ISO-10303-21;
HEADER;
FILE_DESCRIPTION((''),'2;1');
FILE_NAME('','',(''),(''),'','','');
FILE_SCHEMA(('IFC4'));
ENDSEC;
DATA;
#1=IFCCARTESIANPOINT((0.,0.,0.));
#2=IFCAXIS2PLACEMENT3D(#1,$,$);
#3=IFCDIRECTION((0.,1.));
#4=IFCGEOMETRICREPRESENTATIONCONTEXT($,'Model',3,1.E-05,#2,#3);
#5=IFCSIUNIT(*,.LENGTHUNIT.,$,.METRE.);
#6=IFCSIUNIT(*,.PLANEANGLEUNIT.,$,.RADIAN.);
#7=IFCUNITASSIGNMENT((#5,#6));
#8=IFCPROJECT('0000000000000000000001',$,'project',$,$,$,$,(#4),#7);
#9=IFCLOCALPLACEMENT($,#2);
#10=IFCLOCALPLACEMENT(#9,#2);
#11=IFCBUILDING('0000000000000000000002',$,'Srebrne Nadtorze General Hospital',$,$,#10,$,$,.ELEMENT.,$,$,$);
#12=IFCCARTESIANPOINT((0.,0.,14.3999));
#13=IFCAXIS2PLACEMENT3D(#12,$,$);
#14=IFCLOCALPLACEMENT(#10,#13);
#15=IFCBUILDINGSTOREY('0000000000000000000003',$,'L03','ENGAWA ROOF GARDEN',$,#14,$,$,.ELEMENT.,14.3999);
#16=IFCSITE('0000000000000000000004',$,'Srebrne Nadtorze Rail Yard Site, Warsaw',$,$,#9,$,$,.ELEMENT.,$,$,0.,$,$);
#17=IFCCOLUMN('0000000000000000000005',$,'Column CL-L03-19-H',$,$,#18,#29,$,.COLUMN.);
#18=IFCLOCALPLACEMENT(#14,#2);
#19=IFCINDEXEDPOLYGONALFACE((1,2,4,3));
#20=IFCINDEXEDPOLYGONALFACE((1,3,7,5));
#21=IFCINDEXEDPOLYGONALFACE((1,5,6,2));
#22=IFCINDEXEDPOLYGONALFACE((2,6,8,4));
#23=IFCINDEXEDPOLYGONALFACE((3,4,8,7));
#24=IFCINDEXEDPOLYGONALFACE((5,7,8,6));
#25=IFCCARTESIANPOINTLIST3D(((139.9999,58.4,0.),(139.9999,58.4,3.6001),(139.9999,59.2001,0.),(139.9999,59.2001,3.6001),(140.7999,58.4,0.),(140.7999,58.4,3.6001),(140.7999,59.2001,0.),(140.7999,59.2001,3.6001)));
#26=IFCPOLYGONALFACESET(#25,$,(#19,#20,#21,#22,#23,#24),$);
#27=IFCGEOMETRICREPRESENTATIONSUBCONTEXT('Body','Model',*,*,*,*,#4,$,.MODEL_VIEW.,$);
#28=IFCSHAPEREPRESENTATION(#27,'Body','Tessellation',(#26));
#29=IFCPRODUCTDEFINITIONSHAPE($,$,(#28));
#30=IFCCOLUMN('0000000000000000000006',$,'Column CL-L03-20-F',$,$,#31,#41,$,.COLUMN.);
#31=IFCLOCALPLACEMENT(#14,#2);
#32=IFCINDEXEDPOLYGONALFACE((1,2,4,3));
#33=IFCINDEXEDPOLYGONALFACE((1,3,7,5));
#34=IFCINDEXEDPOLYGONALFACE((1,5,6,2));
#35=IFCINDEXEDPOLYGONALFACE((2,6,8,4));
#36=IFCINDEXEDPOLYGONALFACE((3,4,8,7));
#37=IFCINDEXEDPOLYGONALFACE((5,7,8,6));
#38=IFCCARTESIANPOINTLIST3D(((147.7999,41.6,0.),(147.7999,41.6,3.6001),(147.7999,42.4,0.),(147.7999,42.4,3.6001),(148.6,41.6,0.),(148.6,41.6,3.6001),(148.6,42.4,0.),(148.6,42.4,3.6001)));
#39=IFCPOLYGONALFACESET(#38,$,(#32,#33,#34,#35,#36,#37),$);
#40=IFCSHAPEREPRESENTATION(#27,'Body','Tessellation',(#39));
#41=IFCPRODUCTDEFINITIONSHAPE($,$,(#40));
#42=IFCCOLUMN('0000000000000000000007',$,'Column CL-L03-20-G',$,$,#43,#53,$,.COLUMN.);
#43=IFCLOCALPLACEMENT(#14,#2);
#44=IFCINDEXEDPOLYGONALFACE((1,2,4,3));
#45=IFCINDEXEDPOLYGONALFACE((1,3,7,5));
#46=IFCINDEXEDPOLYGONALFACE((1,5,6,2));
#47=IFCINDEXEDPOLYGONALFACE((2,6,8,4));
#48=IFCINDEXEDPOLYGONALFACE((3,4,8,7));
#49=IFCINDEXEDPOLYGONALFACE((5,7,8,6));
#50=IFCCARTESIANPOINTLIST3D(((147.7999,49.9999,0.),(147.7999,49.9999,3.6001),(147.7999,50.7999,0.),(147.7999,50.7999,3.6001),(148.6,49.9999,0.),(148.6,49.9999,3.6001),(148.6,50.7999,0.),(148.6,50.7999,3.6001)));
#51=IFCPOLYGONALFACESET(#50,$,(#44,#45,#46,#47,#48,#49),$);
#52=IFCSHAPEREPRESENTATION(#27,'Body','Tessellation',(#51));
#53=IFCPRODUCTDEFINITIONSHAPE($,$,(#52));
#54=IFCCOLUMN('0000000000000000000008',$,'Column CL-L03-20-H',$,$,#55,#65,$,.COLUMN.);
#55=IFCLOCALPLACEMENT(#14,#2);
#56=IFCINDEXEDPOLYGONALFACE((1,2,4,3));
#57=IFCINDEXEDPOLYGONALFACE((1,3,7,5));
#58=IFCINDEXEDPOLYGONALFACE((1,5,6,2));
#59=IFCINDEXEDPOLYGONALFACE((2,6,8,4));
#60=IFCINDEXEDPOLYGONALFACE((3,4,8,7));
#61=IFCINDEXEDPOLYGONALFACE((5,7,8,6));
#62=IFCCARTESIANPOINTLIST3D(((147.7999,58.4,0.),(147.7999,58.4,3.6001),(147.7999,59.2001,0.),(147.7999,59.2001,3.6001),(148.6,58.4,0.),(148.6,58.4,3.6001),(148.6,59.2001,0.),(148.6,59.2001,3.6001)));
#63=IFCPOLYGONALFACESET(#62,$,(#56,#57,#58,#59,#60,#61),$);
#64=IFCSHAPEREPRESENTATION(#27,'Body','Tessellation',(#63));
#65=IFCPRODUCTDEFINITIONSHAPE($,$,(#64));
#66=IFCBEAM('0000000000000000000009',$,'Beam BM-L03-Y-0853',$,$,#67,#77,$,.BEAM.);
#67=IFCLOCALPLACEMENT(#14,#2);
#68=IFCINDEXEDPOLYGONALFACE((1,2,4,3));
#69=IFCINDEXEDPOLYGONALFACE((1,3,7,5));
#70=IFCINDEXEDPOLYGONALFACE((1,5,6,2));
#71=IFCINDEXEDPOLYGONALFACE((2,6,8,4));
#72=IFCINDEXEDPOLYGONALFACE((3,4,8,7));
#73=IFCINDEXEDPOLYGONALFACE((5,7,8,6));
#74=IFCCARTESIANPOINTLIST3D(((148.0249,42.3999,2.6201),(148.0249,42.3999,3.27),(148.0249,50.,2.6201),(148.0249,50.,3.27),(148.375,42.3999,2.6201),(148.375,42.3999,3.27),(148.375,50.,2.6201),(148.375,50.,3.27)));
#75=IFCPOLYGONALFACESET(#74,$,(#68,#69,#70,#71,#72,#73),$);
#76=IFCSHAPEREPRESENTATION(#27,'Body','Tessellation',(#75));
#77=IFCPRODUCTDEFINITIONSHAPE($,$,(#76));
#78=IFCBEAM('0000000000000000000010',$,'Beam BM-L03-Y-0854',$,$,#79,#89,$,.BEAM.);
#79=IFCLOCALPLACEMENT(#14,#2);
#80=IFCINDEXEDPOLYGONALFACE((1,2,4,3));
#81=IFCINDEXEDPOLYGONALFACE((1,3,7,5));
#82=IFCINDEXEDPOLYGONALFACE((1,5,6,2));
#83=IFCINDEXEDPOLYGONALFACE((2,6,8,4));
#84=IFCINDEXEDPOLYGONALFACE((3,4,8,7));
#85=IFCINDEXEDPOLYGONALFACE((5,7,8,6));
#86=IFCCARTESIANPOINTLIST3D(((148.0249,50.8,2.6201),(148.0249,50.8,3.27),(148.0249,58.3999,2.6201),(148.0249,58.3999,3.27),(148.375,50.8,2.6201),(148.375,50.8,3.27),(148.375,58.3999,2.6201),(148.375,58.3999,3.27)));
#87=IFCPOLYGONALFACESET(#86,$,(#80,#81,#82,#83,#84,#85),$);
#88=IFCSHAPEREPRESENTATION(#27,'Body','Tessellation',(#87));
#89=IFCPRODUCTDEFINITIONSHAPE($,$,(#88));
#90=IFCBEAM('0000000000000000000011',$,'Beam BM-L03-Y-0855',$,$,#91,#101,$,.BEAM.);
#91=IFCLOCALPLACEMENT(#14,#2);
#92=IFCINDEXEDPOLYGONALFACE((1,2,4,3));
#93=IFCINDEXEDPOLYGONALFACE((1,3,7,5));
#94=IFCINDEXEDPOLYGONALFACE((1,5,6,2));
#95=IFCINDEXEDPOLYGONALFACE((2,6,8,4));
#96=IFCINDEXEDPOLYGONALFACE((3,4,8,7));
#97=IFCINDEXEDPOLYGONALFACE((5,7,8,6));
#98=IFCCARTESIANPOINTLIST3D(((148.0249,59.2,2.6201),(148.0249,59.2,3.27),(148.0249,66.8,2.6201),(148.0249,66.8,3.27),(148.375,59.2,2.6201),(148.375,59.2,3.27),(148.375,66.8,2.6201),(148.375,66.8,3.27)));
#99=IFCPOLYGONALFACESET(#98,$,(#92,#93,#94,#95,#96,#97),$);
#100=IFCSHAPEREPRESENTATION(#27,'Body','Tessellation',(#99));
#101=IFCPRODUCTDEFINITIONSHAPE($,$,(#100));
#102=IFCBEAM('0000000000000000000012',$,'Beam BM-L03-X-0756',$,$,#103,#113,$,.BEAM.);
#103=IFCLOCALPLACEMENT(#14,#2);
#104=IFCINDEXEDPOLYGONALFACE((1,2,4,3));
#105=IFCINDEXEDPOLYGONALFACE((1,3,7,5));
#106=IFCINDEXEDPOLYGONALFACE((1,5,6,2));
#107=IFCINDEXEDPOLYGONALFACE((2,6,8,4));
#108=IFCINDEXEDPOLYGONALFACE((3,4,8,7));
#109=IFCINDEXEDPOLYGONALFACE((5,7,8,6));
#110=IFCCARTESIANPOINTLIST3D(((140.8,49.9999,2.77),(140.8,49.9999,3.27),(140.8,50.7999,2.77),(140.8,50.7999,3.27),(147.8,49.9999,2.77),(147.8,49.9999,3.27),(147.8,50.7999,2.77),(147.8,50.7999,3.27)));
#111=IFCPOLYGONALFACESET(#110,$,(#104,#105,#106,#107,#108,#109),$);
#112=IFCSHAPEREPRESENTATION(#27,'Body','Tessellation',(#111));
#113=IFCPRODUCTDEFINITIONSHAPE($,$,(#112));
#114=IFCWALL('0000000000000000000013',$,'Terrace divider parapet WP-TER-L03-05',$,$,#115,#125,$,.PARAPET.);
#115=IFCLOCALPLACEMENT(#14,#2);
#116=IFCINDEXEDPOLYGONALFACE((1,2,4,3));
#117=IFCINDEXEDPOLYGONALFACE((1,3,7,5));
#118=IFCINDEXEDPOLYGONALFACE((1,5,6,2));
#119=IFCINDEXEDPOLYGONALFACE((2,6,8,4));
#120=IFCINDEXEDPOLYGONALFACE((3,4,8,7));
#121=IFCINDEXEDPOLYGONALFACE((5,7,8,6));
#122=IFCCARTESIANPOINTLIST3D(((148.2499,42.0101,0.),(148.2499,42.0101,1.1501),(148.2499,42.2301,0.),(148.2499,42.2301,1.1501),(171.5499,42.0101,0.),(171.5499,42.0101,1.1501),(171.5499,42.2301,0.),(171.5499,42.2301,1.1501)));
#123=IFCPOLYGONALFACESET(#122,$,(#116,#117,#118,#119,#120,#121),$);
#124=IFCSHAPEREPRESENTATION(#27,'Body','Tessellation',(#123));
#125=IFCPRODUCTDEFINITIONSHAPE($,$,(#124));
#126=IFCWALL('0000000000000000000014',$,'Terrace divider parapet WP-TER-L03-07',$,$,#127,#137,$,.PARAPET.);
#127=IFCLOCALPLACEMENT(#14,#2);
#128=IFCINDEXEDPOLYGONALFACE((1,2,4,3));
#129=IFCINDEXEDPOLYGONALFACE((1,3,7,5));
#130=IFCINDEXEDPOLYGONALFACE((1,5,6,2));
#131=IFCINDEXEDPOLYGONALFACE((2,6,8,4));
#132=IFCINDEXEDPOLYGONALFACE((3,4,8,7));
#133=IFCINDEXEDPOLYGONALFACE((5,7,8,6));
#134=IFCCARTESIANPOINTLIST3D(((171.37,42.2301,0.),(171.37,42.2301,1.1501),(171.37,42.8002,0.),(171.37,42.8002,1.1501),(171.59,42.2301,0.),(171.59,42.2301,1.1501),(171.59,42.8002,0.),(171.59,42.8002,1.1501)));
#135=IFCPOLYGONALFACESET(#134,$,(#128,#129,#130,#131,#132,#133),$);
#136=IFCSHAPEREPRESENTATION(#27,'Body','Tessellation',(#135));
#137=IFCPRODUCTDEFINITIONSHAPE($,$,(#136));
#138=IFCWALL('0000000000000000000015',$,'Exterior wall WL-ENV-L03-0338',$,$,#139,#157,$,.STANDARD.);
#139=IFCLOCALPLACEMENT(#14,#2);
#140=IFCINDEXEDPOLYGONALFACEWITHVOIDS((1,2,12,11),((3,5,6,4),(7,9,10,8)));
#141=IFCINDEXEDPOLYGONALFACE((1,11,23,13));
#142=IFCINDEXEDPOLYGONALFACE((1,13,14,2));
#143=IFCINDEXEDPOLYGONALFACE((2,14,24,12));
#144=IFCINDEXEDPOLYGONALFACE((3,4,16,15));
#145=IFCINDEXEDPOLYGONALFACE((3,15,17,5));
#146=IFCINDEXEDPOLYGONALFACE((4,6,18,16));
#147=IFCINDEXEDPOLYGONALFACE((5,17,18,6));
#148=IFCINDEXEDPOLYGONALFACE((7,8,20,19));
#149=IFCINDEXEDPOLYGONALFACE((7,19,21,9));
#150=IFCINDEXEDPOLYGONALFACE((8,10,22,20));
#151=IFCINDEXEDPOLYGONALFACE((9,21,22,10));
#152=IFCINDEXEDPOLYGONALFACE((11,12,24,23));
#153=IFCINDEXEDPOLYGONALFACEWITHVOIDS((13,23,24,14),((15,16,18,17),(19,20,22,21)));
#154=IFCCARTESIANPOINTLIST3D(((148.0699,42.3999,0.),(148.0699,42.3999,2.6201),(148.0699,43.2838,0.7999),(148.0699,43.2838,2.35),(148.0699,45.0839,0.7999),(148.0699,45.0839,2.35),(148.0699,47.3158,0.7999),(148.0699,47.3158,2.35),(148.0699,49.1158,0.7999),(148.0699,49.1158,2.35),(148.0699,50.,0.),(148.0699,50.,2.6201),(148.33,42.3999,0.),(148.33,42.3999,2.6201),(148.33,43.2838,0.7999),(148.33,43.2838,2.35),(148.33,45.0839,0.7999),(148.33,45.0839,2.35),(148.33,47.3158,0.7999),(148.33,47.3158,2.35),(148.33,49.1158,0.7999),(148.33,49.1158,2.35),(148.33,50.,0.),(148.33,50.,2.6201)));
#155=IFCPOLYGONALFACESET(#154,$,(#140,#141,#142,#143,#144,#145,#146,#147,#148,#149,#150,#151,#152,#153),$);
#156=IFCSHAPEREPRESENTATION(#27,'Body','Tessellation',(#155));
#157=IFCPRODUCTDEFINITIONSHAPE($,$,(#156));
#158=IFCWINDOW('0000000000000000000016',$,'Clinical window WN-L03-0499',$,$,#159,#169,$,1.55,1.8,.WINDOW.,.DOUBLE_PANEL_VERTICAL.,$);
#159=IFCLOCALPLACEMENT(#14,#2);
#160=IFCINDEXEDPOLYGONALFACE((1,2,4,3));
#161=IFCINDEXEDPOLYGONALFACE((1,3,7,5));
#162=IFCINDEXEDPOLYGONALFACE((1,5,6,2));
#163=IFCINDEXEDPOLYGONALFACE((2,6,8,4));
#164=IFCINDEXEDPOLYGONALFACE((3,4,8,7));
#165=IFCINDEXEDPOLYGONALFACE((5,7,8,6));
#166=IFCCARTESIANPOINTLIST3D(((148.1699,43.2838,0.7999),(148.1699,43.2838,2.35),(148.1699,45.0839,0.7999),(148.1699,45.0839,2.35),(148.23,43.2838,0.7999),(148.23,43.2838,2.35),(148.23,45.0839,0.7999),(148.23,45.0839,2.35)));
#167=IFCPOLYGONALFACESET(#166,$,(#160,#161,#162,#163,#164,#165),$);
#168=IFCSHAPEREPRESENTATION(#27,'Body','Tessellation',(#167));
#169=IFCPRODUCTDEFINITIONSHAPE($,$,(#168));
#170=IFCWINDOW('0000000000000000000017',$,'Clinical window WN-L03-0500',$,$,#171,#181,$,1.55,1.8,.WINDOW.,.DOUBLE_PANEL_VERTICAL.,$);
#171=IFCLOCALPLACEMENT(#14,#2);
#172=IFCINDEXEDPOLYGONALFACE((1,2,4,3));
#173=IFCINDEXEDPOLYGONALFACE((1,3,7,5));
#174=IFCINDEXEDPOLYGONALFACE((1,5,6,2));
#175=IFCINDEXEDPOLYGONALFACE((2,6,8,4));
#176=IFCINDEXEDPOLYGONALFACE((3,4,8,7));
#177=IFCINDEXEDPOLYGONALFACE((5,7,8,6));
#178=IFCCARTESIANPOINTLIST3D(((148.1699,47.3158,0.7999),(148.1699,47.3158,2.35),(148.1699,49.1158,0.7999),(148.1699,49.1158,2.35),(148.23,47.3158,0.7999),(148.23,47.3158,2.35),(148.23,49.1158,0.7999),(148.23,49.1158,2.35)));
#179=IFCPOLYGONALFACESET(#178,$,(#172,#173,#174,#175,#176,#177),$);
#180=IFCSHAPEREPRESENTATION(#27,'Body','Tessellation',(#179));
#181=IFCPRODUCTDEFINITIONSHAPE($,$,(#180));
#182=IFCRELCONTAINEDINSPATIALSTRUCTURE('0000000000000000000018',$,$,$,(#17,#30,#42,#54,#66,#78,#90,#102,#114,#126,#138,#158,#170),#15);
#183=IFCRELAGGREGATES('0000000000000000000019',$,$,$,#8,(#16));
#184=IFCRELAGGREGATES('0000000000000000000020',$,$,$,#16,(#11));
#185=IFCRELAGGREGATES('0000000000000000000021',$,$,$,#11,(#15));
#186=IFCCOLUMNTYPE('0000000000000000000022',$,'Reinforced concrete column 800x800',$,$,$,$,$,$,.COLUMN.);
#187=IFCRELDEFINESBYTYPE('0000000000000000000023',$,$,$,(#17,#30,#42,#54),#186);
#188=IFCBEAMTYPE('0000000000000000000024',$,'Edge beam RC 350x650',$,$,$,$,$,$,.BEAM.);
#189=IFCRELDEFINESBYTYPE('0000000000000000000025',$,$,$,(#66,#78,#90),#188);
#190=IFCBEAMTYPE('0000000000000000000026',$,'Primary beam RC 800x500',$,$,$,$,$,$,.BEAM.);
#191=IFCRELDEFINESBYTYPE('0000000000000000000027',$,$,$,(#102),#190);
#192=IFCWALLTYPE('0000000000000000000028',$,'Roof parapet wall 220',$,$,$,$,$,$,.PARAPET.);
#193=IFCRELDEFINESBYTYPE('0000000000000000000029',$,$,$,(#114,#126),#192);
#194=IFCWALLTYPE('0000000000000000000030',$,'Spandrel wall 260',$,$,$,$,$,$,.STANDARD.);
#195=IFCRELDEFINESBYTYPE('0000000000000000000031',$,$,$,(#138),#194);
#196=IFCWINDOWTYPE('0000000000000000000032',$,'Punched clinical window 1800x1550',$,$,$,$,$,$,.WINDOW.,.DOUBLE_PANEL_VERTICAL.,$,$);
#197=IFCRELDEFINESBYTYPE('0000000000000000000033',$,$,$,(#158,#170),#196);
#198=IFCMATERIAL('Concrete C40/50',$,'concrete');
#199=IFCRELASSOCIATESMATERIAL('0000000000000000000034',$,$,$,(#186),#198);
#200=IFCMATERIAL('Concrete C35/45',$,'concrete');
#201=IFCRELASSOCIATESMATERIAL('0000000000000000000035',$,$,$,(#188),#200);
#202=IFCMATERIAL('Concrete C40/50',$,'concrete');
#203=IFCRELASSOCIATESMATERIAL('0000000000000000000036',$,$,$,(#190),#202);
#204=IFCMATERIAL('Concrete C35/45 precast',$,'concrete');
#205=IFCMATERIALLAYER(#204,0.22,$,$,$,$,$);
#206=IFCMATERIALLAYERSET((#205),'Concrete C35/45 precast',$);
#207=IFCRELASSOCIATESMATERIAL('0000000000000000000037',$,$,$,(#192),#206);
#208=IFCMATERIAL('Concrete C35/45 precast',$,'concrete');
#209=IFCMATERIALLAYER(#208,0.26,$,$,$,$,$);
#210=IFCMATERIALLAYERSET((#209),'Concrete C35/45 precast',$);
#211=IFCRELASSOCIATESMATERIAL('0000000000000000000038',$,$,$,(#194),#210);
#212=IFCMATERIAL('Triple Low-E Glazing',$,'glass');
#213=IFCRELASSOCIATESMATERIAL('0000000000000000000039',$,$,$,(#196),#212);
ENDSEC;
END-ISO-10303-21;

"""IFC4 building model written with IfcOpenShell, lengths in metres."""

from ifc_helpers import new_model, si_unit, direction, frame, frame_2d, origin, origin_2d, place, context, subcontext, project, spatial, rectangle, extrude, material, layer, layer_set, material_profile, profile_set, type_object, element, fill, save


model = new_model("IFC4")

# Units and contexts
model_context = context("Model", 3, precision=1e-05, world=origin(), true_north=direction((0.0, 1.0)))
body_context = subcontext(model_context, "Body", "Model", "MODEL_VIEW")
ifc_project = project(units=[si_unit("LENGTHUNIT", "METRE"), si_unit("PLANEANGLEUNIT", "RADIAN")], contexts=[model_context])

# Site, building, storey
site_placement = place(None, origin())
site = spatial("IfcSite", under=ifc_project, at=site_placement, Name="Srebrne Nadtorze Rail Yard Site, Warsaw", CompositionType="ELEMENT", RefElevation=0.0)
building_placement = place(site_placement, origin())
building = spatial("IfcBuilding", under=site, at=building_placement, Name="Srebrne Nadtorze General Hospital", CompositionType="ELEMENT")
storey_placement = place(building_placement, frame((0.0, 0.0, 14.3999)))
storey = spatial("IfcBuildingStorey", under=building, at=storey_placement, Name="L03", Description="ENGAWA ROOF GARDEN", CompositionType="ELEMENT", Elevation=14.3999)

# Columns
ifc_material_1 = material(Name="Concrete C40/50", Category="concrete")
ifc_material_profile_1 = material_profile(ifc_material_1, rectangle(XDim=0.8, YDim=0.8, at=origin_2d()), Name="RC-COL-800x800")
ifc_profile_set_1 = profile_set([ifc_material_profile_1], Name="Concrete C40/50")
column_type = type_object("IfcColumnType", Name="Reinforced concrete column 800x800", PredefinedType="COLUMN", material=ifc_profile_set_1)
for number, where, z_axis, x_axis, name in (
    (1, (140.3999, 58.8, 0.0), (0.0, 0.0, 1.0), (1.0, 0.0, 0.0), "Column CL-L03-19-H"),
    (2, (148.2, 42.0, 0.0), (0.0, 0.0, 1.0), (1.0, 0.0, 0.0), "Column CL-L03-20-F"),
    (3, (148.2, 50.3999, 0.0), (0.0, 0.0, 1.0), (1.0, 0.0, 0.0), "Column CL-L03-20-G"),
    (4, (148.2, 58.8, 0.0), (0.0, 0.0, 1.0), (1.0, 0.0, 0.0), "Column CL-L03-20-H"),
):
    element("IfcColumn", number, at=place(storey_placement, frame(where, z_axis=z_axis, x_axis=x_axis)), inside=storey, type_object=column_type, Name=name, PredefinedType="COLUMN", context=body_context, shape_type="SweptSolid", body=[
        extrude(rectangle(XDim=0.8, YDim=0.8, at=origin_2d()), origin(), (0.0, 0.0, 1.0), 3.6001),
    ])

# Beams
ifc_material_2 = material(Name="Concrete C35/45", Category="concrete")
ifc_material_profile_2 = material_profile(ifc_material_2, rectangle(XDim=0.3501, YDim=0.6499, at=origin_2d()), Name="RC-BM-350x650")
ifc_profile_set_2 = profile_set([ifc_material_profile_2], Name="Concrete C35/45")
beam_type_1 = type_object("IfcBeamType", Name="Edge beam RC 350x650", PredefinedType="BEAM", material=ifc_profile_set_2)
beam_1_placement = place(storey_placement, frame((148.2, 42.3999, 2.9451), z_axis=(0.0, 1.0, 0.0), x_axis=(-1.0, 0.0, 0.0)))
element("IfcBeam", 5, at=beam_1_placement, inside=storey, type_object=beam_type_1, Name="Beam BM-L03-Y-0853", PredefinedType="BEAM", context=body_context, shape_type="SweptSolid", body=[
    extrude(rectangle(XDim=0.3501, YDim=0.6499, at=origin_2d()), origin(), (0.0, 0.0, 1.0), 7.6001),
])
beam_2_placement = place(storey_placement, frame((148.2, 50.8, 2.9451), z_axis=(0.0, 1.0, 0.0), x_axis=(-1.0, 0.0, 0.0)))
element("IfcBeam", 6, at=beam_2_placement, inside=storey, type_object=beam_type_1, Name="Beam BM-L03-Y-0854", PredefinedType="BEAM", context=body_context, shape_type="SweptSolid", body=[
    extrude(rectangle(XDim=0.3501, YDim=0.6499, at=origin_2d()), origin(), (0.0, 0.0, 1.0), 7.5999),
])
beam_3_placement = place(storey_placement, frame((148.2, 59.2, 2.9451), z_axis=(0.0, 1.0, 0.0), x_axis=(-1.0, 0.0, 0.0)))
element("IfcBeam", 7, at=beam_3_placement, inside=storey, type_object=beam_type_1, Name="Beam BM-L03-Y-0855", PredefinedType="BEAM", context=body_context, shape_type="SweptSolid", body=[
    extrude(rectangle(XDim=0.3501, YDim=0.6499, at=origin_2d()), origin(), (0.0, 0.0, 1.0), 7.6001),
])
ifc_material_3 = material(Name="Concrete C40/50", Category="concrete")
ifc_material_profile_3 = material_profile(ifc_material_3, rectangle(XDim=0.8, YDim=0.5, at=origin_2d()), Name="RC-BM-800x500")
ifc_profile_set_3 = profile_set([ifc_material_profile_3], Name="Concrete C40/50")
beam_type_2 = type_object("IfcBeamType", Name="Primary beam RC 800x500", PredefinedType="BEAM", material=ifc_profile_set_3)
beam_4_placement = place(storey_placement, frame((140.8, 50.3999, 3.02), z_axis=(1.0, 0.0, 0.0), x_axis=(0.0, 1.0, 0.0)))
element("IfcBeam", 8, at=beam_4_placement, inside=storey, type_object=beam_type_2, Name="Beam BM-L03-X-0756", PredefinedType="BEAM", context=body_context, shape_type="SweptSolid", body=[
    extrude(rectangle(XDim=0.8, YDim=0.5, at=origin_2d()), origin(), (0.0, 0.0, 1.0), 7.0),
])

# Walls
ifc_material_4 = material(Name="Concrete C35/45 precast", Category="concrete")
ifc_layer_1 = layer(ifc_material_4, 0.22)
ifc_layer_set_1 = layer_set([ifc_layer_1], Name="Concrete C35/45 precast")
wall_type_1 = type_object("IfcWallType", Name="Roof parapet wall 220", PredefinedType="PARAPET", material=ifc_layer_set_1)
wall_1_placement = place(storey_placement, frame((148.25, 42.1201, 0.0), z_axis=(0.0, 0.0, 1.0), x_axis=(1.0, 0.0, 0.0)))
element("IfcWall", 9, at=wall_1_placement, inside=storey, type_object=wall_type_1, Name="Terrace divider parapet WP-TER-L03-05", PredefinedType="PARAPET", context=body_context, shape_type="SweptSolid", body=[
    extrude(rectangle(XDim=23.3, YDim=0.22, at=frame_2d((11.6499, 0.0))), origin(), (0.0, 0.0, 1.0), 1.1501),
])
wall_2_placement = place(storey_placement, frame((171.48, 42.23, 0.0), z_axis=(0.0, 0.0, 1.0), x_axis=(0.0, 1.0, 0.0)))
element("IfcWall", 10, at=wall_2_placement, inside=storey, type_object=wall_type_1, Name="Terrace divider parapet WP-TER-L03-07", PredefinedType="PARAPET", context=body_context, shape_type="SweptSolid", body=[
    extrude(rectangle(XDim=0.5701, YDim=0.22, at=frame_2d((0.2852, 0.0))), origin(), (0.0, 0.0, 1.0), 1.1501),
])

# Wall, openings, windows
ifc_material_5 = material(Name="Concrete C35/45 precast", Category="concrete")
ifc_layer_2 = layer(ifc_material_5, 0.26)
ifc_layer_set_2 = layer_set([ifc_layer_2], Name="Concrete C35/45 precast")
wall_type_2 = type_object("IfcWallType", Name="Spandrel wall 260", PredefinedType="STANDARD", material=ifc_layer_set_2)
wall_3_placement = place(storey_placement, frame((148.2, 42.3999, 0.0), z_axis=(0.0, 0.0, 1.0), x_axis=(0.0, 1.0, 0.0)))
wall_3 = element("IfcWall", 11, at=wall_3_placement, inside=storey, type_object=wall_type_2, Name="Exterior wall WL-ENV-L03-0338", PredefinedType="STANDARD", context=body_context, shape_type="SweptSolid", body=[
    extrude(rectangle(XDim=7.6001, YDim=0.26, at=frame_2d((3.8, 0.0))), origin(), (0.0, 0.0, 1.0), 2.6201),
])
opening_1_placement = place(wall_3_placement, frame((0.884, 0.0, 0.8)))
opening_1 = element("IfcOpeningElement", 12, at=opening_1_placement, cuts=wall_3, PredefinedType="OPENING", context=body_context, shape_type="SweptSolid", body=[
    extrude(rectangle(XDim=1.8, YDim=1.55, at=frame_2d((0.8999, 0.7749))), frame((0.0, 0.1421, 0.0), z_axis=(0.0, -1.0, 0.0), x_axis=(1.0, 0.0, 0.0)), (0.0, 0.0, 1.0), 0.2839),
])
opening_2_placement = place(wall_3_placement, frame((4.916, 0.0, 0.8)))
opening_2 = element("IfcOpeningElement", 13, at=opening_2_placement, cuts=wall_3, PredefinedType="OPENING", context=body_context, shape_type="SweptSolid", body=[
    extrude(rectangle(XDim=1.8, YDim=1.55, at=frame_2d((0.8999, 0.7749))), frame((0.0, 0.1421, 0.0), z_axis=(0.0, -1.0, 0.0), x_axis=(1.0, 0.0, 0.0)), (0.0, 0.0, 1.0), 0.2839),
])
ifc_material_6 = material(Name="Triple Low-E Glazing", Category="glass")
window_type_1 = type_object("IfcWindowType", Name="Punched clinical window 1800x1550", PartitioningType="DOUBLE_PANEL_VERTICAL", PredefinedType="WINDOW", material=ifc_material_6)
window_1_placement = place(opening_1_placement, origin())
window_1 = element("IfcWindow", 14, at=window_1_placement, inside=storey, type_object=window_type_1, Name="Clinical window WN-L03-0499", OverallHeight=1.55, OverallWidth=1.8, PartitioningType="DOUBLE_PANEL_VERTICAL", PredefinedType="WINDOW", context=body_context, shape_type="SweptSolid", body=[
    extrude(rectangle(XDim=1.8, YDim=1.55, at=frame_2d((0.8999, 0.7749))), frame((0.0, 0.03, 0.0), z_axis=(0.0, -1.0, 0.0), x_axis=(1.0, 0.0, 0.0)), (0.0, 0.0, 1.0), 0.0601),
])
fill(opening_1, window_1)
window_2_placement = place(opening_2_placement, origin())
window_2 = element("IfcWindow", 15, at=window_2_placement, inside=storey, type_object=window_type_1, Name="Clinical window WN-L03-0500", OverallHeight=1.55, OverallWidth=1.8, PartitioningType="DOUBLE_PANEL_VERTICAL", PredefinedType="WINDOW", context=body_context, shape_type="SweptSolid", body=[
    extrude(rectangle(XDim=1.8, YDim=1.55, at=frame_2d((0.8999, 0.7749))), frame((0.0, 0.03, 0.0), z_axis=(0.0, -1.0, 0.0), x_axis=(1.0, 0.0, 0.0)), (0.0, 0.0, 1.0), 0.0601),
])
fill(opening_2, window_2)

save(model, "model.ifc")
